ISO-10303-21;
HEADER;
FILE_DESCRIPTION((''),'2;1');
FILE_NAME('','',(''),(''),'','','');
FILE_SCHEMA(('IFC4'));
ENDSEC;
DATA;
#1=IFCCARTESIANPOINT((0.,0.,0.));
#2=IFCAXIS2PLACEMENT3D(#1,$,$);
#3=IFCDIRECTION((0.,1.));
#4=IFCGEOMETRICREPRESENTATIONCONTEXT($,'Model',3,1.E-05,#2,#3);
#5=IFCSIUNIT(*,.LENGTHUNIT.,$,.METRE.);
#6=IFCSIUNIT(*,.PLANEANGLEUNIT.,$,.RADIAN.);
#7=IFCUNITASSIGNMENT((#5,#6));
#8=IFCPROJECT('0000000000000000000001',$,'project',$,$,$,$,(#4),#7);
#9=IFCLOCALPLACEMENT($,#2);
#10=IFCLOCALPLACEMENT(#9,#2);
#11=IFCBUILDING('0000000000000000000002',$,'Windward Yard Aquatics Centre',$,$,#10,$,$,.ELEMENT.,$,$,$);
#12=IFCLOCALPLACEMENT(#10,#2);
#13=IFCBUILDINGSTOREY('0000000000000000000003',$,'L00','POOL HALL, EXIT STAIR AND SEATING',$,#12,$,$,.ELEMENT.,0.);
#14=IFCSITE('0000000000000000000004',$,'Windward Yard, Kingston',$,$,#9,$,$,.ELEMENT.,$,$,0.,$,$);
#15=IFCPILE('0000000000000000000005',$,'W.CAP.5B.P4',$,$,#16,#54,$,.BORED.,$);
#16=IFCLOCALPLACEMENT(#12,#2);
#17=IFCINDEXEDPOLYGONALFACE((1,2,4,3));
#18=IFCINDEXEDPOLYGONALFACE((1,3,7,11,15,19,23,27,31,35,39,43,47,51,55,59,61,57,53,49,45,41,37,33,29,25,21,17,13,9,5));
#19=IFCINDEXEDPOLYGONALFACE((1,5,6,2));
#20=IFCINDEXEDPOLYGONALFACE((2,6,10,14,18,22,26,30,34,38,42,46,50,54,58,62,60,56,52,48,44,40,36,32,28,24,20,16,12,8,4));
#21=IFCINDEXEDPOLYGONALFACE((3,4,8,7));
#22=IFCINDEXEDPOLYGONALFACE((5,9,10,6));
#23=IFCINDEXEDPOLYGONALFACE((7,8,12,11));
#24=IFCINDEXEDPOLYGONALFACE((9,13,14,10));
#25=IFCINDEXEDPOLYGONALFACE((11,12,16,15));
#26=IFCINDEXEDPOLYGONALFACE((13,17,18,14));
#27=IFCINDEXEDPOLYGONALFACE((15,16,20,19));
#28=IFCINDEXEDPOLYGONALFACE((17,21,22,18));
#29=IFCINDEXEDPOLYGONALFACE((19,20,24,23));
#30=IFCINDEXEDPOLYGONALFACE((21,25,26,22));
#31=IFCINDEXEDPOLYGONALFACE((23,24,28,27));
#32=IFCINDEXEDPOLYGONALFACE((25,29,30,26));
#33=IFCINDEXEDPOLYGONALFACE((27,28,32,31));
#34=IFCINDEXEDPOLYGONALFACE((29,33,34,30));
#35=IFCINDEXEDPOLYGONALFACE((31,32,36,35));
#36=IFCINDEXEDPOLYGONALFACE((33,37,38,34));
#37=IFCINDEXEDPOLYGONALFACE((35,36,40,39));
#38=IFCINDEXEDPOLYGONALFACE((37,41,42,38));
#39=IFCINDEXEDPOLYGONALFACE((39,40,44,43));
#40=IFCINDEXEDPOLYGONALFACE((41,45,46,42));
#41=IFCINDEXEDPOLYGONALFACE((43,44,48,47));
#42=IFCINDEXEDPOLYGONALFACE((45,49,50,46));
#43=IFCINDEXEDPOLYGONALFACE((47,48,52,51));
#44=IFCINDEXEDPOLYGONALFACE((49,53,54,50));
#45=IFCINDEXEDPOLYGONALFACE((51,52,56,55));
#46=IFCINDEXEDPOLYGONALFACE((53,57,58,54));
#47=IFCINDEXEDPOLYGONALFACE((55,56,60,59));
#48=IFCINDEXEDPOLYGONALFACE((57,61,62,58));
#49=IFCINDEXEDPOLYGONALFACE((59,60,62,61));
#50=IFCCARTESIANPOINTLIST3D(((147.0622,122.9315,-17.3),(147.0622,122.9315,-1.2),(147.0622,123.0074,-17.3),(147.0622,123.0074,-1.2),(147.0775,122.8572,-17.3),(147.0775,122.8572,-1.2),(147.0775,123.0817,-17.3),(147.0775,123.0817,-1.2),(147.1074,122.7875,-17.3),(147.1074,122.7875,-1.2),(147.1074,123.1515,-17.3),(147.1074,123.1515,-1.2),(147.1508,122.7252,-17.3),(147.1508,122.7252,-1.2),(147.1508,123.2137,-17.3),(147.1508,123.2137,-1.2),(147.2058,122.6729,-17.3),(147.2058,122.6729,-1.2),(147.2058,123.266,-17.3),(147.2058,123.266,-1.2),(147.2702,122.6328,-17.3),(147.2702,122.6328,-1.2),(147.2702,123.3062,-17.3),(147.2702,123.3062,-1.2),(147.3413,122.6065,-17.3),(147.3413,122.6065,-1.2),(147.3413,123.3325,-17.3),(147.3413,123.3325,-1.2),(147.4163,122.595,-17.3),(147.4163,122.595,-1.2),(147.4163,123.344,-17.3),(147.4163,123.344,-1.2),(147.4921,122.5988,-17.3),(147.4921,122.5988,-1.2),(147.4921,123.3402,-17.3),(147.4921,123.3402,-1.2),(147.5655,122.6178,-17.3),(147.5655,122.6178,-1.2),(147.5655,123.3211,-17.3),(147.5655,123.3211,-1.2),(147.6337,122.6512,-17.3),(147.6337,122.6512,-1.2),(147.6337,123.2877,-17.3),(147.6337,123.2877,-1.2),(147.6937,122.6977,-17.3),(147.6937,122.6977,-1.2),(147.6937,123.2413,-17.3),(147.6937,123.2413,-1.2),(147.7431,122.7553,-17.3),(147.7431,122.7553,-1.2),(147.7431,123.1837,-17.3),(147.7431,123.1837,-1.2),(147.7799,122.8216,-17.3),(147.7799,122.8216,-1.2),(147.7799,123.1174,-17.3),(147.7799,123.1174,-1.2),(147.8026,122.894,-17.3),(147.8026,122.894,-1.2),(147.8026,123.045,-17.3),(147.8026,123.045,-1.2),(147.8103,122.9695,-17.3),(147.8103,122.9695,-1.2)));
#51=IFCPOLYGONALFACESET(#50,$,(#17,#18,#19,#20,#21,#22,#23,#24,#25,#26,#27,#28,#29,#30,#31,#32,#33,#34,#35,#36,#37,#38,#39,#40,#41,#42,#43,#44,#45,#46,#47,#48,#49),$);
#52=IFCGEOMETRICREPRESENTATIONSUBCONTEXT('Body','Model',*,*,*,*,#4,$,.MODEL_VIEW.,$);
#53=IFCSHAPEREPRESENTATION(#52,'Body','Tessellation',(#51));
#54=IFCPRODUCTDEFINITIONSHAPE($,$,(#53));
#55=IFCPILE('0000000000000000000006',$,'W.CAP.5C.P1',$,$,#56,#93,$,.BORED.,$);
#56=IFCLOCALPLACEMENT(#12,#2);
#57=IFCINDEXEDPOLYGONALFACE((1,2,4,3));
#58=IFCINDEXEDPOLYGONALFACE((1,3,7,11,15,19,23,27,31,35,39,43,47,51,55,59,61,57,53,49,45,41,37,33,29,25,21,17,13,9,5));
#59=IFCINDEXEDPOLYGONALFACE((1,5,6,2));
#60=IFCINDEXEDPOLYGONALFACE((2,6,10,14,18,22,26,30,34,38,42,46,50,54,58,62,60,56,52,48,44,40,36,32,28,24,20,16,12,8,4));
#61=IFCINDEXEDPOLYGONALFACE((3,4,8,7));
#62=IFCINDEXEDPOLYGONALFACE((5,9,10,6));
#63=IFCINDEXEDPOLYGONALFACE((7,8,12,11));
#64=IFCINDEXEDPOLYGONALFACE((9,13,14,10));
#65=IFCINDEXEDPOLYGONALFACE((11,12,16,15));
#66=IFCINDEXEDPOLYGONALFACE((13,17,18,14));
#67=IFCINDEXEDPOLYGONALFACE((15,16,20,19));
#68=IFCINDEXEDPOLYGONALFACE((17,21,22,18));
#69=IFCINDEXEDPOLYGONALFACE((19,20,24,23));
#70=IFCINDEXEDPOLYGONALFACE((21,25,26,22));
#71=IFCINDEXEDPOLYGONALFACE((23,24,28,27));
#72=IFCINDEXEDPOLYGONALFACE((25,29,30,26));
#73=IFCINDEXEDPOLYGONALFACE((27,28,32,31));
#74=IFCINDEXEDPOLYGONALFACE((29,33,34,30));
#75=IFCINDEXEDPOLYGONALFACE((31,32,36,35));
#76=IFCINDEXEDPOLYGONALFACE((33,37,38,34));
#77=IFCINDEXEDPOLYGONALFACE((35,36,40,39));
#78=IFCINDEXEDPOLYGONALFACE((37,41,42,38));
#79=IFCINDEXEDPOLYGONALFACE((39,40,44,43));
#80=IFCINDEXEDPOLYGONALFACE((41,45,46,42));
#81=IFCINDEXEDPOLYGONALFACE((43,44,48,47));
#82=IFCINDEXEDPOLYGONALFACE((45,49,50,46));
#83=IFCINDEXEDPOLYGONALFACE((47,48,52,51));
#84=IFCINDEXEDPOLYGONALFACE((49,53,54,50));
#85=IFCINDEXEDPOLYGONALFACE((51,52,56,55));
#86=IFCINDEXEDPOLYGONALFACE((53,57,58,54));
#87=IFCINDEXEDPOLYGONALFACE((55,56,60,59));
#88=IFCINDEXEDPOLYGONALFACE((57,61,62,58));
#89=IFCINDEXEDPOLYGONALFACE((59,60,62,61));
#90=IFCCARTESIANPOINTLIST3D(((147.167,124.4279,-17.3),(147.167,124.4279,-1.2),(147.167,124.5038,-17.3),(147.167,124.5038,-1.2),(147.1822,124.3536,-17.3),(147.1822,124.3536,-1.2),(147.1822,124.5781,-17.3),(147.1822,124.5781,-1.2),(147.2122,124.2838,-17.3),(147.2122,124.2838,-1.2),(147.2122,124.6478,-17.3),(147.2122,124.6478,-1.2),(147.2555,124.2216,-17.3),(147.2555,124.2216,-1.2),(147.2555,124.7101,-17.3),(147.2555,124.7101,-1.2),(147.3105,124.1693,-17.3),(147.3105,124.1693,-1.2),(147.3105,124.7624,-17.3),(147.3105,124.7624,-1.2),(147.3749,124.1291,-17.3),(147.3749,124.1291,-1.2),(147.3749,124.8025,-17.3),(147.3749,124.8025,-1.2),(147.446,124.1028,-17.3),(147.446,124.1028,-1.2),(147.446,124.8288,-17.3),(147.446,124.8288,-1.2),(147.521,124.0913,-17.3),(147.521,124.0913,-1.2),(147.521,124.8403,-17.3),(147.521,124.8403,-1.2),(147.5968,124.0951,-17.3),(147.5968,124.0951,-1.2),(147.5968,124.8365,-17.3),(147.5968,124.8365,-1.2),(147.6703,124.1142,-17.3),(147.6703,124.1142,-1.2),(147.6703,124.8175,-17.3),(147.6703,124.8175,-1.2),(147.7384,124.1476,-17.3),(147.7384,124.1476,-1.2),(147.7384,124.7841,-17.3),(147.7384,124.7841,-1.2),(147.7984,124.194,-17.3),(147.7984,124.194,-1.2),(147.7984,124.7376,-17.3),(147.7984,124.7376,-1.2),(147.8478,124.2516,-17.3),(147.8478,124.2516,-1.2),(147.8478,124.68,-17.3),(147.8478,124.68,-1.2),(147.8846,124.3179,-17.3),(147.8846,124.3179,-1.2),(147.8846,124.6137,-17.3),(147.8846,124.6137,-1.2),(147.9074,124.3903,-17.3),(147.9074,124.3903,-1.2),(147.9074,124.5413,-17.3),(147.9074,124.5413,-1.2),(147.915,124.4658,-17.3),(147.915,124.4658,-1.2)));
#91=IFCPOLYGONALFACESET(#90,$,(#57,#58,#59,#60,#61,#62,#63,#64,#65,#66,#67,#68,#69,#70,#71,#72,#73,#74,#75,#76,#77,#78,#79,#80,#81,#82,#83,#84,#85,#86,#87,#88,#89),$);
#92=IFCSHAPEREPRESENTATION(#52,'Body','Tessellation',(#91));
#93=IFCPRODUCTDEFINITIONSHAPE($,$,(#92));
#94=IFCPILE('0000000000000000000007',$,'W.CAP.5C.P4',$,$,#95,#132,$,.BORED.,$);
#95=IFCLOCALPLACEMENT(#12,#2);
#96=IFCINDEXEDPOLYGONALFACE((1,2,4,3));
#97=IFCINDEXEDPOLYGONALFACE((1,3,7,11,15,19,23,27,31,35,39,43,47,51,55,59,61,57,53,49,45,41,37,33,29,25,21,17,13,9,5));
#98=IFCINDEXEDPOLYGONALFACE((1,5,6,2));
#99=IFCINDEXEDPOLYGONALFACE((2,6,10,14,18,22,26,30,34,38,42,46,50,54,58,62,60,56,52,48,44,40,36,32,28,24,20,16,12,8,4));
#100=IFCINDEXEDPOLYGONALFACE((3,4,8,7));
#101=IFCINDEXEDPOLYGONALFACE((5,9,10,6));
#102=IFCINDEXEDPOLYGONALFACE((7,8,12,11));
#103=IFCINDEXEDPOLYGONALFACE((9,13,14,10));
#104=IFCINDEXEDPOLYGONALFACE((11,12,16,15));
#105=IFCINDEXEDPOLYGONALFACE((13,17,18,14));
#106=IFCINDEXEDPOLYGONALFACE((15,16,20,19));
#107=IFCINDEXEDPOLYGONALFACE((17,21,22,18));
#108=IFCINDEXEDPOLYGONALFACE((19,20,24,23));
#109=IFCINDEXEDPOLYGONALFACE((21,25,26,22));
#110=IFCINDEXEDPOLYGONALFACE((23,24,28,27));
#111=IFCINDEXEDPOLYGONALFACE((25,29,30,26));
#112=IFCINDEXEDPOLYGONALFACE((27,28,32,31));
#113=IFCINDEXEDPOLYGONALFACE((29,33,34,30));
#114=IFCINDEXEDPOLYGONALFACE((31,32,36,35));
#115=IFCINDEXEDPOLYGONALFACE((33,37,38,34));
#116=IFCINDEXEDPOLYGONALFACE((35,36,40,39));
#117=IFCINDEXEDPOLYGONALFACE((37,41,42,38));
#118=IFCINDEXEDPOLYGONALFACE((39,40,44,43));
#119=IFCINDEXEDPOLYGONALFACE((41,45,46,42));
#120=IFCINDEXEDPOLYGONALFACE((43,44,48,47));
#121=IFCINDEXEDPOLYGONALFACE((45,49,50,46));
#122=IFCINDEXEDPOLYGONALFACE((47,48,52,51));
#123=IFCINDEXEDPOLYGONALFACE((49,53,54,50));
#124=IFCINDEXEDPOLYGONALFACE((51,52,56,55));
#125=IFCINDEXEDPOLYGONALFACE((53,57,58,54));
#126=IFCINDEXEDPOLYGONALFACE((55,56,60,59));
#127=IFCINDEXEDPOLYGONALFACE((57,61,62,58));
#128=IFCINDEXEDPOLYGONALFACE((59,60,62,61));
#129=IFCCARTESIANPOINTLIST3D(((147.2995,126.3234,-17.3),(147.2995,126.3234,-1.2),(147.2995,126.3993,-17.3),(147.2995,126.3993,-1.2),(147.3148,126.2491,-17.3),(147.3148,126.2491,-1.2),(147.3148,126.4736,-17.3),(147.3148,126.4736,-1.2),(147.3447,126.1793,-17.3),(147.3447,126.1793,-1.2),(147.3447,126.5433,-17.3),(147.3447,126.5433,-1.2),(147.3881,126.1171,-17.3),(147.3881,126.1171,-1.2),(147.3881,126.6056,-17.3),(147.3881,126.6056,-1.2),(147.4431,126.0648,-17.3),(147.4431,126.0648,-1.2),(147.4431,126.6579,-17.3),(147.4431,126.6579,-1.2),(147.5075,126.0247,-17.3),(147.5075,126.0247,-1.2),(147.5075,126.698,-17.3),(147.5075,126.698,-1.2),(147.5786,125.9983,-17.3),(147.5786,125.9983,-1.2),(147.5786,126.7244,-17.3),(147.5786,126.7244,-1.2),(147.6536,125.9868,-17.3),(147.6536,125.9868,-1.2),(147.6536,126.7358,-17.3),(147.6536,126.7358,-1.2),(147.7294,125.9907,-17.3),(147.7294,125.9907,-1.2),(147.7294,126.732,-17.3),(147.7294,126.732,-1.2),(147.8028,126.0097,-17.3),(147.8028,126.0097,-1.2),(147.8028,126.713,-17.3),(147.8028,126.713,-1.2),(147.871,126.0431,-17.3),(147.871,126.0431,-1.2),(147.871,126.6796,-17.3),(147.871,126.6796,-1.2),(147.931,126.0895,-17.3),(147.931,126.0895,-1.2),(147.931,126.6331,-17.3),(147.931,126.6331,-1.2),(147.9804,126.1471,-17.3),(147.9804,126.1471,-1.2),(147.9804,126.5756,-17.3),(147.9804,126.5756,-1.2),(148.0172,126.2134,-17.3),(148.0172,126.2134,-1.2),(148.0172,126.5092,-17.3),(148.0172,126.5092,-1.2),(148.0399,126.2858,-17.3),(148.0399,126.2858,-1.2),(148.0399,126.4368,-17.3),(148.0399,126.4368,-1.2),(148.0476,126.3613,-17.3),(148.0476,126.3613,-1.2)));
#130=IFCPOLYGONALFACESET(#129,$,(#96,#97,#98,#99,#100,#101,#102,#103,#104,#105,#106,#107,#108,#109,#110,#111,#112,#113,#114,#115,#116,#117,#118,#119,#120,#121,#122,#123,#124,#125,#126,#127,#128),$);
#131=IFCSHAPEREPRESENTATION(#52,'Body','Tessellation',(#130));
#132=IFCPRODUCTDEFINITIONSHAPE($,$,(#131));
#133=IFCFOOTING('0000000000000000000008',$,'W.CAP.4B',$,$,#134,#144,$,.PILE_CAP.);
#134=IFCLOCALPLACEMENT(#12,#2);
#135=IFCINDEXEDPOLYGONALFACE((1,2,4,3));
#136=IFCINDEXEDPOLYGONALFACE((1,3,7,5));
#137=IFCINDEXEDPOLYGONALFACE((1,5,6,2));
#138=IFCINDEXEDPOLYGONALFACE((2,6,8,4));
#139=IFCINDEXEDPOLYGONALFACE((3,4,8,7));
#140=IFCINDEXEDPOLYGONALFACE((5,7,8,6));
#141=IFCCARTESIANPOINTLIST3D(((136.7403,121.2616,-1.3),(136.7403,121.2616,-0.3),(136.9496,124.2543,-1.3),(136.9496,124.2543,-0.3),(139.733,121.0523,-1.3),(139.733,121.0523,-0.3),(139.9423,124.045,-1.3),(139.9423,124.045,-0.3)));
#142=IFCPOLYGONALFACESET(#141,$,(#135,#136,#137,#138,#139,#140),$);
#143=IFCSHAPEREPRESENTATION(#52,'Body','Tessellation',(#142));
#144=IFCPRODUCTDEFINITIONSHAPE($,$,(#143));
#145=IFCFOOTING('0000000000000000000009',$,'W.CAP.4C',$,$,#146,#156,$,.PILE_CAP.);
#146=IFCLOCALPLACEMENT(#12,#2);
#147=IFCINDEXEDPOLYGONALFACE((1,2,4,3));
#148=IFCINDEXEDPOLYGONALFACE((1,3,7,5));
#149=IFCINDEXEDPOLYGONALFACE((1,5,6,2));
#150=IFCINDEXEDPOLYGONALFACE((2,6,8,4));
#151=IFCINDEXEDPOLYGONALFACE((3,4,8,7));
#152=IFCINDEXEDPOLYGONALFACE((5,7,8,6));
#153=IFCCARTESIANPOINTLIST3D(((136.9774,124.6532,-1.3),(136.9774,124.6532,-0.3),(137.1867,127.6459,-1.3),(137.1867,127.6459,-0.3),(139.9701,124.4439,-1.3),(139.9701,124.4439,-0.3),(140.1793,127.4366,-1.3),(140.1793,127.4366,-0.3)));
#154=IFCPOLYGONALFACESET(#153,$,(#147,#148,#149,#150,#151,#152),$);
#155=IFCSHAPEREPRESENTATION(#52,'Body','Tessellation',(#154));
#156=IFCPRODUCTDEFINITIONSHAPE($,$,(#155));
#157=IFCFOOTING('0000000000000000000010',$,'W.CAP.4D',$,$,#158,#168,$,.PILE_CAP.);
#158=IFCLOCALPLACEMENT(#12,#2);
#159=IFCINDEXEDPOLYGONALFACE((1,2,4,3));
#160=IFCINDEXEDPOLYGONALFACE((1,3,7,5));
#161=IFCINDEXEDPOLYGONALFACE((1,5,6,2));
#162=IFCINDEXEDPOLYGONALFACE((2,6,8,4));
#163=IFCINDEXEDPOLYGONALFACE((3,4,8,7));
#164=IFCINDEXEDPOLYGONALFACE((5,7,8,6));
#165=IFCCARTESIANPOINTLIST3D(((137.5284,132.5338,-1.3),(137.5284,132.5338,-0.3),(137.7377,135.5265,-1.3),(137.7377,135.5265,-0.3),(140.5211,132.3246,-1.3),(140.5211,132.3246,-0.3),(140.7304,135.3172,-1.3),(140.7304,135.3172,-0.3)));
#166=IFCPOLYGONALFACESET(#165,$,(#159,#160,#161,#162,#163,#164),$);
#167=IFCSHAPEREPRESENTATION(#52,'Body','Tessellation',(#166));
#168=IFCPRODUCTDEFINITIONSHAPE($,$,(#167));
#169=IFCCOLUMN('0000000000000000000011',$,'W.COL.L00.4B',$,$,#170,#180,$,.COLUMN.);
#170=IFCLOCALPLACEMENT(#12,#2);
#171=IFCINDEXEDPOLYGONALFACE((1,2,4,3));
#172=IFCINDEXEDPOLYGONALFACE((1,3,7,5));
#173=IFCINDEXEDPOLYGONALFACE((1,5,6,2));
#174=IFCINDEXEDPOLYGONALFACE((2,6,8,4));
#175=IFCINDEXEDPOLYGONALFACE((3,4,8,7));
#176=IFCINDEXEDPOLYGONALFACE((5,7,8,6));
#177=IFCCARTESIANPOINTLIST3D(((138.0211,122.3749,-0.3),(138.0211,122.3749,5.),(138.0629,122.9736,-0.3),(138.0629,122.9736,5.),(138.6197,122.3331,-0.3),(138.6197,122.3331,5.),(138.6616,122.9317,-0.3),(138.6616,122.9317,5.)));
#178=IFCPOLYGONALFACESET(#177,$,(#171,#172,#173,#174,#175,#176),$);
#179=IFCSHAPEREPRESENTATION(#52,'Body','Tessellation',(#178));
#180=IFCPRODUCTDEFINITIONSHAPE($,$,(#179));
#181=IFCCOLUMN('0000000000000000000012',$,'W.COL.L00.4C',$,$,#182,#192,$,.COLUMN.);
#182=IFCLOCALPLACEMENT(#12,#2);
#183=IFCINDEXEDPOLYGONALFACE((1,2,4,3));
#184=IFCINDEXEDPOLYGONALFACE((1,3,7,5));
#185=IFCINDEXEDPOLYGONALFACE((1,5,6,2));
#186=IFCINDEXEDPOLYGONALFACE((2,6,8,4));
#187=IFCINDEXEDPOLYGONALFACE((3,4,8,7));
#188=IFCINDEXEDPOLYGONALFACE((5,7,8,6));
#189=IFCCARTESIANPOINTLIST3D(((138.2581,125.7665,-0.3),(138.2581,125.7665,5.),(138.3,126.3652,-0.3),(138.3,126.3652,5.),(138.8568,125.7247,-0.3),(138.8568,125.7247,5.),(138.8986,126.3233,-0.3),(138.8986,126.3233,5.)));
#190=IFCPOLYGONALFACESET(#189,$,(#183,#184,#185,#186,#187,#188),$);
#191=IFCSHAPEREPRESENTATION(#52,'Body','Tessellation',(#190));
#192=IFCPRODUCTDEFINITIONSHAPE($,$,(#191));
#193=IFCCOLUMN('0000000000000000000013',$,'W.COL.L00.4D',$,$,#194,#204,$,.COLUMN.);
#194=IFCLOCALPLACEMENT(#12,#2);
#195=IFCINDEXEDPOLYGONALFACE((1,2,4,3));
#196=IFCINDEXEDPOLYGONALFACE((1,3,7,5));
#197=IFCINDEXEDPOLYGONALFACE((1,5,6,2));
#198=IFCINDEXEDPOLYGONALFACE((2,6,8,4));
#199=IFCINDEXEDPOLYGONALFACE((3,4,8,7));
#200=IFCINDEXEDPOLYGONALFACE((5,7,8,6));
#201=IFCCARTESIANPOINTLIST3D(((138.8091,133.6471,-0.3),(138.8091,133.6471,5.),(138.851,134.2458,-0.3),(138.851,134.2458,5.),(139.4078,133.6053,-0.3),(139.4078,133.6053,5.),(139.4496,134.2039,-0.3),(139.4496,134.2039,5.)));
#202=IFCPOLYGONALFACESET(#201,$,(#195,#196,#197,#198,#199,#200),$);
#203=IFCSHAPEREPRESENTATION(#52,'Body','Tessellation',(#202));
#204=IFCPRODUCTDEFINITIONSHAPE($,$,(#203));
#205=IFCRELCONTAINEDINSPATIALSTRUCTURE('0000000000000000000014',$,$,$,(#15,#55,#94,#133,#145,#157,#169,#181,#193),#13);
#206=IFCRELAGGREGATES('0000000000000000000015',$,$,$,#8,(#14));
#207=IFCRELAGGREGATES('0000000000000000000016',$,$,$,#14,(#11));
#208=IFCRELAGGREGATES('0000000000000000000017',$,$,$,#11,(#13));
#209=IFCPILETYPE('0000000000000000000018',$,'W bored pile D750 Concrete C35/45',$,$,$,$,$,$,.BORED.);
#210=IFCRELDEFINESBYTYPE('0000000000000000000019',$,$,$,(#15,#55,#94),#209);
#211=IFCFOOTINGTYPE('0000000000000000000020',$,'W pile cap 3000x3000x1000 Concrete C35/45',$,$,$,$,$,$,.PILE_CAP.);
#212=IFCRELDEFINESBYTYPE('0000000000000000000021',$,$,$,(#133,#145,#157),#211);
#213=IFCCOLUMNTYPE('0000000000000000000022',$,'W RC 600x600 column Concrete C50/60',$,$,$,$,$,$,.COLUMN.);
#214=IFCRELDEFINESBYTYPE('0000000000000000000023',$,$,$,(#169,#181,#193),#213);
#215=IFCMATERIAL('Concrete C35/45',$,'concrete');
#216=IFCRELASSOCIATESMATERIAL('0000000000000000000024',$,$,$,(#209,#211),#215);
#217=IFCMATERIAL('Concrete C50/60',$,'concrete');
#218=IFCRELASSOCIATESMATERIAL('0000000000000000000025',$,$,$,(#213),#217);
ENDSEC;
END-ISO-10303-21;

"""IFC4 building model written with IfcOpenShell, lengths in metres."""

from ifc_helpers import new_model, si_unit, direction, frame, origin, origin_2d, place, context, subcontext, project, spatial, rectangle, circle, extrude, material, material_profile, profile_set, type_object, element, save


model = new_model("IFC4")

# Units and contexts
model_context = context("Model", 3, precision=1e-05, world=origin(), true_north=direction((0.0, 1.0)))
body_context = subcontext(model_context, "Body", "Model", "MODEL_VIEW")
ifc_project = project(units=[si_unit("LENGTHUNIT", "METRE"), si_unit("PLANEANGLEUNIT", "RADIAN")], contexts=[model_context])

# Site, building, storey
site_placement = place(None, origin())
site = spatial("IfcSite", under=ifc_project, at=site_placement, Name="Windward Yard, Kingston", CompositionType="ELEMENT", RefElevation=0.0)
building_placement = place(site_placement, origin())
building = spatial("IfcBuilding", under=site, at=building_placement, Name="Windward Yard Aquatics Centre", CompositionType="ELEMENT")
storey_placement = place(building_placement, origin())
storey = spatial("IfcBuildingStorey", under=building, at=storey_placement, Name="L00", Description="POOL HALL, EXIT STAIR AND SEATING", CompositionType="ELEMENT", Elevation=0.0)

# Piles
ifc_material_1 = material(Name="Concrete C35/45", Category="concrete")
ifc_material_profile_1 = material_profile(ifc_material_1, circle(Radius=0.375, at=origin_2d()), Name="D750")
ifc_profile_set_1 = profile_set([ifc_material_profile_1], Name="Concrete C35/45")
pile_type = type_object("IfcPileType", Name="W bored pile D750 Concrete C35/45", PredefinedType="BORED", material=ifc_profile_set_1)
for number, where, z_axis, x_axis, name in (
    (1, (147.4353, 122.9695, -1.2), (0.0, 0.0, -1.0), (1.0, 0.0, 0.0), "W.CAP.5B.P4"),
    (2, (147.54, 124.4658, -1.2), (0.0, 0.0, -1.0), (1.0, 0.0, 0.0), "W.CAP.5C.P1"),
    (3, (147.6726, 126.3613, -1.2), (0.0, 0.0, -1.0), (1.0, 0.0, 0.0), "W.CAP.5C.P4"),
):
    element("IfcPile", number, at=place(storey_placement, frame(where, z_axis=z_axis, x_axis=x_axis)), inside=storey, type_object=pile_type, Name=name, PredefinedType="BORED", context=body_context, shape_type="SweptSolid", body=[
        extrude(circle(Radius=0.375, at=origin_2d()), origin(), (0.0, 0.0, 1.0), 16.1001),
    ])

# Footings
footing_type = type_object("IfcFootingType", Name="W pile cap 3000x3000x1000 Concrete C35/45", PredefinedType="PILE_CAP", material=ifc_material_1)
for number, where, z_axis, x_axis, name in (
    (4, (138.3413, 122.6533, -1.3), (0.0, 0.0, 1.0), (0.997564, -0.069756, 0.0), "W.CAP.4B"),
    (5, (138.5784, 126.0449, -1.3), (0.0, 0.0, 1.0), (0.997564, -0.069756, 0.0), "W.CAP.4C"),
    (6, (139.1294, 133.9255, -1.3), (0.0, 0.0, 1.0), (0.997564, -0.069756, 0.0), "W.CAP.4D"),
):
    element("IfcFooting", number, at=place(storey_placement, frame(where, z_axis=z_axis, x_axis=x_axis)), inside=storey, type_object=footing_type, Name=name, PredefinedType="PILE_CAP", context=body_context, shape_type="SweptSolid", body=[
        extrude(rectangle(XDim=3.0, YDim=3.0, at=origin_2d()), origin(), (0.0, 0.0, 1.0), 1.0),
    ])

# Columns
ifc_material_2 = material(Name="Concrete C50/60", Category="concrete")
ifc_material_profile_2 = material_profile(ifc_material_2, rectangle(XDim=0.6001, YDim=0.6001, at=origin_2d()), Name="RC 600x600")
ifc_profile_set_2 = profile_set([ifc_material_profile_2], Name="Concrete C50/60")
column_type = type_object("IfcColumnType", Name="W RC 600x600 column Concrete C50/60", PredefinedType="COLUMN", material=ifc_profile_set_2)
for number, where, z_axis, x_axis, name in (
    (7, (138.3413, 122.6533, -0.3), (0.0, 0.0, 1.0), (0.997564, -0.069756, 0.0), "W.COL.L00.4B"),
    (8, (138.5784, 126.0449, -0.3), (0.0, 0.0, 1.0), (0.997564, -0.069756, 0.0), "W.COL.L00.4C"),
    (9, (139.1294, 133.9255, -0.3), (0.0, 0.0, 1.0), (0.997564, -0.069756, 0.0), "W.COL.L00.4D"),
):
    element("IfcColumn", number, at=place(storey_placement, frame(where, z_axis=z_axis, x_axis=x_axis)), inside=storey, type_object=column_type, Name=name, PredefinedType="COLUMN", context=body_context, shape_type="SweptSolid", body=[
        extrude(rectangle(XDim=0.6001, YDim=0.6001, at=origin_2d()), origin(), (0.0, 0.0, 1.0), 5.3),
    ])

save(model, "model.ifc")
